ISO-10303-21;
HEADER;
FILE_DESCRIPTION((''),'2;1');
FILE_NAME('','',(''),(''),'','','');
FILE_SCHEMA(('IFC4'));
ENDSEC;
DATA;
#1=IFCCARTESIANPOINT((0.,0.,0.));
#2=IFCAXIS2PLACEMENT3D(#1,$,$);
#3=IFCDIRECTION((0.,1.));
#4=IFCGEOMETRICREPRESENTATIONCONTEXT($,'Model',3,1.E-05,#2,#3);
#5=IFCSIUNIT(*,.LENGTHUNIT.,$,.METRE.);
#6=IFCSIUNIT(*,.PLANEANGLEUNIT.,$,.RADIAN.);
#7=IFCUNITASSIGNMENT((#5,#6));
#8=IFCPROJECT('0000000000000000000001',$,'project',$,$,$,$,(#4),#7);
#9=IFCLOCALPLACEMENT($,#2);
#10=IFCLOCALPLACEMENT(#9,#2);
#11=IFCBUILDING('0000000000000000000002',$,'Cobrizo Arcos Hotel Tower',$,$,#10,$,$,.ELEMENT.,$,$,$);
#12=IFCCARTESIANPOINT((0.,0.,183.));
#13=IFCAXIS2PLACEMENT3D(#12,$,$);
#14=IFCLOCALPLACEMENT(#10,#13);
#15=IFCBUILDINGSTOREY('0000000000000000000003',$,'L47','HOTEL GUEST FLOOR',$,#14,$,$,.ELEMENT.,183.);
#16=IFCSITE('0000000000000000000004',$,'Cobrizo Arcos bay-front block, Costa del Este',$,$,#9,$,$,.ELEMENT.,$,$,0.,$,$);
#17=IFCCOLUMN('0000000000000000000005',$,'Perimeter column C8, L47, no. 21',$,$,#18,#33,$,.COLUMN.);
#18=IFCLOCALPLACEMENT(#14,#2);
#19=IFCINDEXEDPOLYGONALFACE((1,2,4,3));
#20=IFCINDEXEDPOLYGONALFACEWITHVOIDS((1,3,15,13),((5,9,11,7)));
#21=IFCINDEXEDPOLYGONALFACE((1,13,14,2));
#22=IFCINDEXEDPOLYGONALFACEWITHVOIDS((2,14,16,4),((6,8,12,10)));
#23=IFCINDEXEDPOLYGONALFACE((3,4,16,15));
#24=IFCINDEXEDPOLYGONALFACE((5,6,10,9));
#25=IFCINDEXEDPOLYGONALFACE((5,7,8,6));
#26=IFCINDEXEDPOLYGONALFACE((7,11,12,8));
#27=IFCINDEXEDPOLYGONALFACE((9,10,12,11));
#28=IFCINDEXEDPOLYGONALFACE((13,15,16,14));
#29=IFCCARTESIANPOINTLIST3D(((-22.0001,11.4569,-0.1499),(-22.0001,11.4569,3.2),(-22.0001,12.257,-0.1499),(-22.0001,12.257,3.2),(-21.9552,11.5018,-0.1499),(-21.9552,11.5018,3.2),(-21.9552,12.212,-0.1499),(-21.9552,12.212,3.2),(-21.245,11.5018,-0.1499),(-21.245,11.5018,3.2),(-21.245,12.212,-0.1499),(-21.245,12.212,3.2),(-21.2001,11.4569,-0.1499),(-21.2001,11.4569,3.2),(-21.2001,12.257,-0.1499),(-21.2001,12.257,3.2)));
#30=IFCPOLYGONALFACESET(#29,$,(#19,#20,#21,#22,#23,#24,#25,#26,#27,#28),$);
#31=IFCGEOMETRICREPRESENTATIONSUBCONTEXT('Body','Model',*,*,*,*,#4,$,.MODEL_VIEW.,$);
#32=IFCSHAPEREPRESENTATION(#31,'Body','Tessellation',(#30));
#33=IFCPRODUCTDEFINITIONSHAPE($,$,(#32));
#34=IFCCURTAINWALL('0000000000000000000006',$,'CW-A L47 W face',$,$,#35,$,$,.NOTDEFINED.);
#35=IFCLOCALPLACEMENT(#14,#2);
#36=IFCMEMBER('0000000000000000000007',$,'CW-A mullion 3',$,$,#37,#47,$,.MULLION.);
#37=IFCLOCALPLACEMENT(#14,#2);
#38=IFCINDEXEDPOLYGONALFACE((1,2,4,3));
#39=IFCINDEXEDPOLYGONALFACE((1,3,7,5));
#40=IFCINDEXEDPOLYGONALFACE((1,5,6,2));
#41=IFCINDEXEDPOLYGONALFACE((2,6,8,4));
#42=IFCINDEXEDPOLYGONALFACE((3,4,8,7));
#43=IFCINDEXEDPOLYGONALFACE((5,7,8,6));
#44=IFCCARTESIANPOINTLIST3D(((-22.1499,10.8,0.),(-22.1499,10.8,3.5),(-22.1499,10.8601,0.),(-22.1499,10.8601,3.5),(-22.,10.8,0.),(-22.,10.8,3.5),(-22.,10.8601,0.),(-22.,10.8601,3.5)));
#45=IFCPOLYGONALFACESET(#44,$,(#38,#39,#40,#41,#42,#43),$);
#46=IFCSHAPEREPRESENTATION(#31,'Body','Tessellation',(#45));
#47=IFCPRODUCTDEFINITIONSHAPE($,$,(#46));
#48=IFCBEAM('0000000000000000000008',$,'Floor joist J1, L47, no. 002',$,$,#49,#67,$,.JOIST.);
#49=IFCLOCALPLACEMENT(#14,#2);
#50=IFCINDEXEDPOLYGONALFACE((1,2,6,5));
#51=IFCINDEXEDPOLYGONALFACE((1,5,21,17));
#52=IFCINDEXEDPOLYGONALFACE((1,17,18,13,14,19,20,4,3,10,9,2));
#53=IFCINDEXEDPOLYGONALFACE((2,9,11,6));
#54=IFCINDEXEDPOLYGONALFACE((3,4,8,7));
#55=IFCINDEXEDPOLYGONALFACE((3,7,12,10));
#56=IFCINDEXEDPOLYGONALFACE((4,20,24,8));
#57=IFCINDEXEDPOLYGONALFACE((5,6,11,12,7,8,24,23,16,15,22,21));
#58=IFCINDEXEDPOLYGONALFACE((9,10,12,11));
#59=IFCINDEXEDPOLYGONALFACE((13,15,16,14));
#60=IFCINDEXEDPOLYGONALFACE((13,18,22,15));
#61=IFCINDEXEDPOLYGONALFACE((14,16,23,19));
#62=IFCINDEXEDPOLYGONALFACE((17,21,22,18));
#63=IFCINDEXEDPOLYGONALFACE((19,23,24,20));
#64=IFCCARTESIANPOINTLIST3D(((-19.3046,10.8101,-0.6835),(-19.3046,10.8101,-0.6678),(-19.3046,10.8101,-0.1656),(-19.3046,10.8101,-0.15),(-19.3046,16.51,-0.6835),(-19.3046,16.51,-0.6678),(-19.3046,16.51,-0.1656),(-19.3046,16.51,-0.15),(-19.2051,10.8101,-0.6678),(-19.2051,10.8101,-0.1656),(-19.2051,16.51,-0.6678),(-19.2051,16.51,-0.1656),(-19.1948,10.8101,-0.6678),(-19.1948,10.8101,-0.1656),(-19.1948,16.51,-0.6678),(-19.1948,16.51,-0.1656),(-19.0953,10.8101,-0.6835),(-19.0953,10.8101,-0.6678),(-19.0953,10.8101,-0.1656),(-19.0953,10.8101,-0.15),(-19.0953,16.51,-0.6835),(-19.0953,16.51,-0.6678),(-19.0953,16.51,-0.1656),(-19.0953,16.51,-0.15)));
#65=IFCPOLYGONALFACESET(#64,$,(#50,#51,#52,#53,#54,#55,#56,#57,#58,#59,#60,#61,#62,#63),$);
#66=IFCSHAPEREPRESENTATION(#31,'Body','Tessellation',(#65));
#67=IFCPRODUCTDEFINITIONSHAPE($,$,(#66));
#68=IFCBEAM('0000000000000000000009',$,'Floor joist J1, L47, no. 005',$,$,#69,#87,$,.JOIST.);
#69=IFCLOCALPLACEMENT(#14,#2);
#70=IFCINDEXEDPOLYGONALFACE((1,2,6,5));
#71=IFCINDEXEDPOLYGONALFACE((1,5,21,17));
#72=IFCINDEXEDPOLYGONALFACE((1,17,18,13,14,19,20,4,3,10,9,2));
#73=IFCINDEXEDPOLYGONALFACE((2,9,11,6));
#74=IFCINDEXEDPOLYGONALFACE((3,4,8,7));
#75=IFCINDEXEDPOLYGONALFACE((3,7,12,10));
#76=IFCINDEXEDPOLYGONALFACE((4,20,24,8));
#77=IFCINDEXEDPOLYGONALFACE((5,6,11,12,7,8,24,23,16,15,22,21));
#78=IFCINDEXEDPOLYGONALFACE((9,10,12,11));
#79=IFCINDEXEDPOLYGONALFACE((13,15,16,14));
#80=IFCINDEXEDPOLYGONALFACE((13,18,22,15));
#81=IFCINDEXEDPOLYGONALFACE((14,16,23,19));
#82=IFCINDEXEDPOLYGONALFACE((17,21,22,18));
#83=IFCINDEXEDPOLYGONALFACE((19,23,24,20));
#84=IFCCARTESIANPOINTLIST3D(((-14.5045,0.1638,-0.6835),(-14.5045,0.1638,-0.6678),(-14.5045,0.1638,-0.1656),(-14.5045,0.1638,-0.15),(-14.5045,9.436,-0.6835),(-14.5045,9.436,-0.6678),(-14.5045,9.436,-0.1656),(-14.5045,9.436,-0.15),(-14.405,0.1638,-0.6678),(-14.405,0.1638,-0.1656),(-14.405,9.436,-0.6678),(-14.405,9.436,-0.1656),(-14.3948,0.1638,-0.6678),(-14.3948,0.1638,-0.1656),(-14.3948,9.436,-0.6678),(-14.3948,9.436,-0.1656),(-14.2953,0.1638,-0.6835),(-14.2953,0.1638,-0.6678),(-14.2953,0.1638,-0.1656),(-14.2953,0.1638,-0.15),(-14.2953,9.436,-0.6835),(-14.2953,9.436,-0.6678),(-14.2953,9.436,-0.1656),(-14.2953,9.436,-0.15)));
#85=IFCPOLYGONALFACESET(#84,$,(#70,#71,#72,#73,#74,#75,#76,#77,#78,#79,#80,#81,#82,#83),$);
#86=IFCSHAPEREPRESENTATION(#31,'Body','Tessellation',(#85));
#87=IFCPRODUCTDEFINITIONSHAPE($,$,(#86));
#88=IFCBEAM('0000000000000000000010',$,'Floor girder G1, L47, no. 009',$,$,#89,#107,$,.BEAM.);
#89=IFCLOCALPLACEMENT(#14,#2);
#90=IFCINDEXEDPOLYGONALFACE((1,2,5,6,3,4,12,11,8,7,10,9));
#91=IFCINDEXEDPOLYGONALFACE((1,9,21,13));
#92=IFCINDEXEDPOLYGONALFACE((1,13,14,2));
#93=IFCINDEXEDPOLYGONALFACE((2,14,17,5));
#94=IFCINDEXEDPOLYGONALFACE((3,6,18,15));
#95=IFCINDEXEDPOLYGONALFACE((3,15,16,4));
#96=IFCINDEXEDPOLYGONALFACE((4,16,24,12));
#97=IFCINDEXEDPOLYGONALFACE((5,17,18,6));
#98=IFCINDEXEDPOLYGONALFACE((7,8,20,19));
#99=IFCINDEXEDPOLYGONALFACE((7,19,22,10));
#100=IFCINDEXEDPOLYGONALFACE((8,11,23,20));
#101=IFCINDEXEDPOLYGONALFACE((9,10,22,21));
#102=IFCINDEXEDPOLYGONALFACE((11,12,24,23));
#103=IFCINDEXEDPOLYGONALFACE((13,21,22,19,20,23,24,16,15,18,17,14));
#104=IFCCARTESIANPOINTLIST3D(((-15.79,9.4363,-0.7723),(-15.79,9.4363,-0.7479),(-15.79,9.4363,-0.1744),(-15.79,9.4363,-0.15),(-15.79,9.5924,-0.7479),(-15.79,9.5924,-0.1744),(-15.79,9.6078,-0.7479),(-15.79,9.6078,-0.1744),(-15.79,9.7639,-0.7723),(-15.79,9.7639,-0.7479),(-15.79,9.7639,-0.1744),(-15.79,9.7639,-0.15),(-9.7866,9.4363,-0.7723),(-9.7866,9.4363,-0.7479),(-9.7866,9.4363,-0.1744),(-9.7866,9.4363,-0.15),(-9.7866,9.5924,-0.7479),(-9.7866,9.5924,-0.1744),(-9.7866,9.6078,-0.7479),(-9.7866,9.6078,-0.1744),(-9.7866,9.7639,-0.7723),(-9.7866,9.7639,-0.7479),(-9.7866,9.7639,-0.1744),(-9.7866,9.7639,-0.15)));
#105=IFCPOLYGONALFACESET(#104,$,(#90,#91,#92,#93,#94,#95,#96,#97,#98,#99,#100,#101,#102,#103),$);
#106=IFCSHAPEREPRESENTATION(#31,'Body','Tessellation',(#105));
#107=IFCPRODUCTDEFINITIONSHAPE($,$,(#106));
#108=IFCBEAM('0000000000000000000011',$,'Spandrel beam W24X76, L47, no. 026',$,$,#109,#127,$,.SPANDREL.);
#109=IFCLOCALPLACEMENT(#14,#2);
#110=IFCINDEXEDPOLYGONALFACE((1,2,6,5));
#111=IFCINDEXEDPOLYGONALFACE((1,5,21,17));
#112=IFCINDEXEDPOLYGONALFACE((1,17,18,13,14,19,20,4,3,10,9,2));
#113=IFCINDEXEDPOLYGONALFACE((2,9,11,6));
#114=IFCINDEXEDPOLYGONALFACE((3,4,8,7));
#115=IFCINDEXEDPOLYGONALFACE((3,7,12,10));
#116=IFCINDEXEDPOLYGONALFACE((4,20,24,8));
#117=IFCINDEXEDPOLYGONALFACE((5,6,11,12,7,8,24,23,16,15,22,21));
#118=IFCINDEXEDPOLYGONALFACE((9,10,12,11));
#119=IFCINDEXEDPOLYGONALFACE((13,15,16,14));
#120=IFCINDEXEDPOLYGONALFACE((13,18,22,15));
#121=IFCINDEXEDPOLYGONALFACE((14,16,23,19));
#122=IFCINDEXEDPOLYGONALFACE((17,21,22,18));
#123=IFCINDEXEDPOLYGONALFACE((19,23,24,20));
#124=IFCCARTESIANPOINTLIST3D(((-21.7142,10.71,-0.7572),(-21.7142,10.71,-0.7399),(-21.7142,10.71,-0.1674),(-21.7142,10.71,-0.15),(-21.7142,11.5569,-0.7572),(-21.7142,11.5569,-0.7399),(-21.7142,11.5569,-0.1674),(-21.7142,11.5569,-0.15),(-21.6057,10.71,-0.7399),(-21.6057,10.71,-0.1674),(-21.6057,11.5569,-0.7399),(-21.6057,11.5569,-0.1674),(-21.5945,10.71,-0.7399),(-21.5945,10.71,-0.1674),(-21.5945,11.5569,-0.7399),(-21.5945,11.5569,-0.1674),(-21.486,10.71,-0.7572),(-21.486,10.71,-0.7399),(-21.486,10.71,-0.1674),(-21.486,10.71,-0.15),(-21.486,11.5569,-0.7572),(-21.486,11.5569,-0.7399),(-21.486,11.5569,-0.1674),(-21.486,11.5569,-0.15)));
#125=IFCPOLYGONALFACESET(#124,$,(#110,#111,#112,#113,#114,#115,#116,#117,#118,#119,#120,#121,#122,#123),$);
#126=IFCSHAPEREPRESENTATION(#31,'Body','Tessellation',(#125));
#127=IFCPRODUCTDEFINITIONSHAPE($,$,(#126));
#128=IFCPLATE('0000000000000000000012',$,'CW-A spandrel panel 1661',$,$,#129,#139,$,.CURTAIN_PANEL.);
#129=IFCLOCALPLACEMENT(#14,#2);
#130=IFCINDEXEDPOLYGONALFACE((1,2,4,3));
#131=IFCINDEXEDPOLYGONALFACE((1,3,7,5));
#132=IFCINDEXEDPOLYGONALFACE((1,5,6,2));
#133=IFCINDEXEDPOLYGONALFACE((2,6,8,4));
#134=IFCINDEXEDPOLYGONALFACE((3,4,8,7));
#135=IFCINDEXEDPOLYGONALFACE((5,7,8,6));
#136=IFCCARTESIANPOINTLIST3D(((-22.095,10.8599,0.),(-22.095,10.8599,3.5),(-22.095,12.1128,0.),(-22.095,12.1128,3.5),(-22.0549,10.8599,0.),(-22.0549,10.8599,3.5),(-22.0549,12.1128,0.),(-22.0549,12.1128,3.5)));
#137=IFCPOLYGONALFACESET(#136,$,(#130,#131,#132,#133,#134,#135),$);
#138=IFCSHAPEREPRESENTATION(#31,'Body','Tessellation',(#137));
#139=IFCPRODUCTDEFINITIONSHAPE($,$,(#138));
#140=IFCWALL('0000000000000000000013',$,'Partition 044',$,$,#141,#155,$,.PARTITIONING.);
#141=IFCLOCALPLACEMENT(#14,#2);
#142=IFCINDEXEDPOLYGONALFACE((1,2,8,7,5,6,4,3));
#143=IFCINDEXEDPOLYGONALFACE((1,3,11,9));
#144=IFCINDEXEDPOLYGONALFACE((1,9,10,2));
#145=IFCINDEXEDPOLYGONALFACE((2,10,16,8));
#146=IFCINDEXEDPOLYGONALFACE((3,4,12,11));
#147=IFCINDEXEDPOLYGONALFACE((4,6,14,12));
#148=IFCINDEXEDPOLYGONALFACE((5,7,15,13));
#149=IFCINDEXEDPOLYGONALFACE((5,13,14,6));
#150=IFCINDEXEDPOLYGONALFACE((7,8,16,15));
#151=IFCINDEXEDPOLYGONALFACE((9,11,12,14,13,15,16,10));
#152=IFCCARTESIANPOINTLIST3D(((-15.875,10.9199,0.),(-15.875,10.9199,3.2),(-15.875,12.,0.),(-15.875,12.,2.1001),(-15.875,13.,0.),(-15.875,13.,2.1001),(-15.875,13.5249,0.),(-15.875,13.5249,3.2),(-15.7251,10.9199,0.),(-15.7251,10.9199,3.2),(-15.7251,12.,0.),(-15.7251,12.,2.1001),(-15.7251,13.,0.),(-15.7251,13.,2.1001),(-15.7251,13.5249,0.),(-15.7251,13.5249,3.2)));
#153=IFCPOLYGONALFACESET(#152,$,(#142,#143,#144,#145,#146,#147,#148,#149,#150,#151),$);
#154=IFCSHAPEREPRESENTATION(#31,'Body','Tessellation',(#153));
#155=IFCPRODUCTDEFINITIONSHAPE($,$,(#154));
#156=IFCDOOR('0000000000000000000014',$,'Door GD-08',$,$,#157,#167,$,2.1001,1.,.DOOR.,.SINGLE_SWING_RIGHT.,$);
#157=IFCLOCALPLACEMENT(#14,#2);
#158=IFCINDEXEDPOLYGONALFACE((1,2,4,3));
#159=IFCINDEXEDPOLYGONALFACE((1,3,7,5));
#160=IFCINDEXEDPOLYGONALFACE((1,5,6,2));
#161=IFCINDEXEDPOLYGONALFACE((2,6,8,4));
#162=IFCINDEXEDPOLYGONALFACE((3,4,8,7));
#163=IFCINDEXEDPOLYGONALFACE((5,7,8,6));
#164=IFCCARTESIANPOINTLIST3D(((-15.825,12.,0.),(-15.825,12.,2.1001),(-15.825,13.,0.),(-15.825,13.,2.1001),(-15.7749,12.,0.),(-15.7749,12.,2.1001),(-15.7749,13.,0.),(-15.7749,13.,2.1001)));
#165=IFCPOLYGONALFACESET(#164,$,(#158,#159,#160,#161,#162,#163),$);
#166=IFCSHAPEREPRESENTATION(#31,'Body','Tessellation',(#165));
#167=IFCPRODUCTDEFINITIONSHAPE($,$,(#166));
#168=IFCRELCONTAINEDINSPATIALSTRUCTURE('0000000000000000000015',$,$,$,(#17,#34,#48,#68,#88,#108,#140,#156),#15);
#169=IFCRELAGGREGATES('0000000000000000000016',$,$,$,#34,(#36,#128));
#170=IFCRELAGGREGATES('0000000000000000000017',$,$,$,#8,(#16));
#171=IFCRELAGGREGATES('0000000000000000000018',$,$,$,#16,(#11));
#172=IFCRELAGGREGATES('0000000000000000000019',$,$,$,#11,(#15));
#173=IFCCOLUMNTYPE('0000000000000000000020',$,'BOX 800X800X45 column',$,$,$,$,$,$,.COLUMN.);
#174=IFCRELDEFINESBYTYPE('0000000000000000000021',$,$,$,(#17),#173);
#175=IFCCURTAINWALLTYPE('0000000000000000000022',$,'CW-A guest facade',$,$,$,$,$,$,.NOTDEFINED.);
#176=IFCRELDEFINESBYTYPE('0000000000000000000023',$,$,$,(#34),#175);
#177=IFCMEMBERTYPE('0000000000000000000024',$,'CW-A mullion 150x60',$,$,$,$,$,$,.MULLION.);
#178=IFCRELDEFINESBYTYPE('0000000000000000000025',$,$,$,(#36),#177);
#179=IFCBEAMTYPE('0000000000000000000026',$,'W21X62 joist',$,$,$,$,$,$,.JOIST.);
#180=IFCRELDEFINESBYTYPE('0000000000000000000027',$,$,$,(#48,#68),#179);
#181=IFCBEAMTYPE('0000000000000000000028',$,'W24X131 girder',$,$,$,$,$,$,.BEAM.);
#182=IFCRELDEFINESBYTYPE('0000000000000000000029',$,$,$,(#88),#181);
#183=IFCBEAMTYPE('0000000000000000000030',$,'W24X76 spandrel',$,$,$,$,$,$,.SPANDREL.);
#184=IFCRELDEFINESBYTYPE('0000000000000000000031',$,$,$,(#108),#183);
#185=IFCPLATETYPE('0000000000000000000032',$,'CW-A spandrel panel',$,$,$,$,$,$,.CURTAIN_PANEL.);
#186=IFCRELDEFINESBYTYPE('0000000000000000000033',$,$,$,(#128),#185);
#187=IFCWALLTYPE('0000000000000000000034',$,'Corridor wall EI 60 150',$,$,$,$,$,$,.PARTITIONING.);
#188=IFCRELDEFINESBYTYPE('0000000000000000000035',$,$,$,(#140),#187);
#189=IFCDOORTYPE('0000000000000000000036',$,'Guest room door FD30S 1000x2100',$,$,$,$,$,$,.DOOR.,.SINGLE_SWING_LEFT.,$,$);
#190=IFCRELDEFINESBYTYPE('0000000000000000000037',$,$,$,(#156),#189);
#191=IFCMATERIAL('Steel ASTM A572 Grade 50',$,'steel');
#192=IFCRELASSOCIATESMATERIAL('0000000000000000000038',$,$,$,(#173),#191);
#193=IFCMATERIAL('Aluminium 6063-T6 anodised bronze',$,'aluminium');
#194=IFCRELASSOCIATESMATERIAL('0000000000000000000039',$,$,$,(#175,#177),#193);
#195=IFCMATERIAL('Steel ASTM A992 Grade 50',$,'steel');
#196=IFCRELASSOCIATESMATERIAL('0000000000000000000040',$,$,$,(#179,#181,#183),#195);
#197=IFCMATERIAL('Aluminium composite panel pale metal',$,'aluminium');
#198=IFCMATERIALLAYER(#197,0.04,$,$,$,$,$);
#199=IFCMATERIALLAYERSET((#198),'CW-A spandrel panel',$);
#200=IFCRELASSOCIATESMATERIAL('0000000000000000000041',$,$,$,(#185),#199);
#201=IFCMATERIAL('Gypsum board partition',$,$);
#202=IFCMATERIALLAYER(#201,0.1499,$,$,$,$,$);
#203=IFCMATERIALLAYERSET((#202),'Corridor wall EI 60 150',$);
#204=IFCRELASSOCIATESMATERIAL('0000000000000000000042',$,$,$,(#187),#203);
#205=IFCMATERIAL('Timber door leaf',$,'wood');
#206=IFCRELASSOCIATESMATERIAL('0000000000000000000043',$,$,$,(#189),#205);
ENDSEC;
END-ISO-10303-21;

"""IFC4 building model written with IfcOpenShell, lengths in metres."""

from ifc_helpers import new_model, si_unit, direction, frame, frame_2d, origin, origin_2d, place, context, subcontext, project, spatial, rectangle, hollow_rectangle, i_section, extrude, material, layer, layer_set, material_profile, profile_set, type_object, element, fill, aggregate, save


model = new_model("IFC4")

# Units and contexts
model_context = context("Model", 3, precision=1e-05, world=origin(), true_north=direction((0.0, 1.0)))
body_context = subcontext(model_context, "Body", "Model", "MODEL_VIEW")
ifc_project = project(units=[si_unit("LENGTHUNIT", "METRE"), si_unit("PLANEANGLEUNIT", "RADIAN")], contexts=[model_context])

# Site, building, storey
site_placement = place(None, origin())
site = spatial("IfcSite", under=ifc_project, at=site_placement, Name="Cobrizo Arcos bay-front block, Costa del Este", CompositionType="ELEMENT", RefElevation=0.0)
building_placement = place(site_placement, origin())
building = spatial("IfcBuilding", under=site, at=building_placement, Name="Cobrizo Arcos Hotel Tower", CompositionType="ELEMENT")
storey_placement = place(building_placement, frame((0.0, 0.0, 183.0)))
storey = spatial("IfcBuildingStorey", under=building, at=storey_placement, Name="L47", Description="HOTEL GUEST FLOOR", CompositionType="ELEMENT", Elevation=183.0)

# Column
ifc_material_1 = material(Name="Steel ASTM A572 Grade 50", Category="steel")
ifc_material_profile_1 = material_profile(ifc_material_1, hollow_rectangle(XDim=0.8, YDim=0.8, WallThickness=0.0449, at=origin_2d()), Name="BOX 800X800X45")
ifc_profile_set_1 = profile_set([ifc_material_profile_1], Name="Steel ASTM A572 Grade 50")
column_type = type_object("IfcColumnType", Name="BOX 800X800X45 column", PredefinedType="COLUMN", material=ifc_profile_set_1)
column_placement = place(storey_placement, frame((-21.6001, 11.8569, -0.1499), z_axis=(0.0, 0.0, 1.0), x_axis=(1.0, 0.0, 0.0)))
element("IfcColumn", 1, at=column_placement, inside=storey, type_object=column_type, Name="Perimeter column C8, L47, no. 21", PredefinedType="COLUMN", context=body_context, shape_type="SweptSolid", body=[
    extrude(hollow_rectangle(XDim=0.8, YDim=0.8, WallThickness=0.0449, at=origin_2d()), origin(), (0.0, 0.0, 1.0), 3.3499),
])

# Curtain wall, member
ifc_material_2 = material(Name="Aluminium 6063-T6 anodised bronze", Category="aluminium")
curtain_wall_type = type_object("IfcCurtainWallType", Name="CW-A guest facade", PredefinedType="NOTDEFINED", material=ifc_material_2)
curtain_wall_placement = place(storey_placement, origin())
curtain_wall = element("IfcCurtainWall", 2, at=curtain_wall_placement, inside=storey, type_object=curtain_wall_type, Name="CW-A L47 W face", PredefinedType="NOTDEFINED")
ifc_material_profile_2 = material_profile(ifc_material_2, rectangle(XDim=0.1499, YDim=0.0601, at=origin_2d()), Name="CW-A mullion 150x60")
ifc_profile_set_2 = profile_set([ifc_material_profile_2], Name="Aluminium 6063-T6 anodised bronze")
member_type = type_object("IfcMemberType", Name="CW-A mullion 150x60", PredefinedType="MULLION", material=ifc_profile_set_2)
member_placement = place(storey_placement, frame((-22.075, 10.8301, 0.0), z_axis=(0.0, 0.0, 1.0), x_axis=(-1.0, 0.0, 0.0)))
member = element("IfcMember", 3, at=member_placement, type_object=member_type, Name="CW-A mullion 3", PredefinedType="MULLION", context=body_context, shape_type="SweptSolid", body=[
    extrude(rectangle(XDim=0.1499, YDim=0.0601, at=origin_2d()), origin(), (0.0, 0.0, 1.0), 3.5),
])

# Beams
ifc_material_3 = material(Name="Steel ASTM A992 Grade 50", Category="steel")
ifc_material_profile_3 = material_profile(ifc_material_3, i_section(OverallWidth=0.2092, OverallDepth=0.5334, WebThickness=0.0103, FlangeThickness=0.0156, at=origin_2d()), Name="W21X62")
ifc_profile_set_3 = profile_set([ifc_material_profile_3], Name="Steel ASTM A992 Grade 50")
beam_type_1 = type_object("IfcBeamType", Name="W21X62 joist", PredefinedType="JOIST", material=ifc_profile_set_3)
beam_1_placement = place(storey_placement, frame((-19.2, 10.8101, -0.4167), z_axis=(0.0, 1.0, 0.0), x_axis=(-1.0, 0.0, 0.0)))
element("IfcBeam", 4, at=beam_1_placement, inside=storey, type_object=beam_type_1, Name="Floor joist J1, L47, no. 002", PredefinedType="JOIST", context=body_context, shape_type="SweptSolid", body=[
    extrude(i_section(OverallWidth=0.2092, OverallDepth=0.5334, WebThickness=0.0103, FlangeThickness=0.0156, at=origin_2d()), origin(), (0.0, 0.0, 1.0), 5.7),
])
beam_2_placement = place(storey_placement, frame((-14.3999, 0.1638, -0.4167), z_axis=(0.0, 1.0, 0.0), x_axis=(-1.0, 0.0, 0.0)))
element("IfcBeam", 5, at=beam_2_placement, inside=storey, type_object=beam_type_1, Name="Floor joist J1, L47, no. 005", PredefinedType="JOIST", context=body_context, shape_type="SweptSolid", body=[
    extrude(i_section(OverallWidth=0.2092, OverallDepth=0.5334, WebThickness=0.0103, FlangeThickness=0.0156, at=origin_2d()), origin(), (0.0, 0.0, 1.0), 9.2722),
])
ifc_material_profile_4 = material_profile(ifc_material_3, i_section(OverallWidth=0.3276, OverallDepth=0.6223, WebThickness=0.0154, FlangeThickness=0.0244, at=origin_2d()), Name="W24X131")
ifc_profile_set_4 = profile_set([ifc_material_profile_4], Name="Steel ASTM A992 Grade 50")
beam_type_2 = type_object("IfcBeamType", Name="W24X131 girder", PredefinedType="BEAM", material=ifc_profile_set_4)
beam_3_placement = place(storey_placement, frame((-15.79, 9.6001, -0.4612), z_axis=(1.0, 0.0, 0.0), x_axis=(0.0, 1.0, 0.0)))
element("IfcBeam", 6, at=beam_3_placement, inside=storey, type_object=beam_type_2, Name="Floor girder G1, L47, no. 009", PredefinedType="BEAM", context=body_context, shape_type="SweptSolid", body=[
    extrude(i_section(OverallWidth=0.3276, OverallDepth=0.6223, WebThickness=0.0154, FlangeThickness=0.0244, at=origin_2d()), origin(), (0.0, 0.0, 1.0), 6.0034),
])
ifc_material_profile_5 = material_profile(ifc_material_3, i_section(OverallWidth=0.2283, OverallDepth=0.6072, WebThickness=0.0112, FlangeThickness=0.0173, at=origin_2d()), Name="W24X76")
ifc_profile_set_5 = profile_set([ifc_material_profile_5], Name="Steel ASTM A992 Grade 50")
beam_type_3 = type_object("IfcBeamType", Name="W24X76 spandrel", PredefinedType="SPANDREL", material=ifc_profile_set_5)
beam_4_placement = place(storey_placement, frame((-21.6001, 11.5569, -0.4536), z_axis=(0.0, -1.0, 0.0), x_axis=(1.0, 0.0, 0.0)))
element("IfcBeam", 7, at=beam_4_placement, inside=storey, type_object=beam_type_3, Name="Spandrel beam W24X76, L47, no. 026", PredefinedType="SPANDREL", context=body_context, shape_type="SweptSolid", body=[
    extrude(i_section(OverallWidth=0.2283, OverallDepth=0.6072, WebThickness=0.0112, FlangeThickness=0.0173, at=origin_2d()), origin(), (0.0, 0.0, 1.0), 0.8469),
])

# Plate
ifc_material_4 = material(Name="Aluminium composite panel pale metal", Category="aluminium")
ifc_layer_1 = layer(ifc_material_4, 0.04)
ifc_layer_set_1 = layer_set([ifc_layer_1], Name="CW-A spandrel panel")
plate_type = type_object("IfcPlateType", Name="CW-A spandrel panel", PredefinedType="CURTAIN_PANEL", material=ifc_layer_set_1)
plate_placement = place(storey_placement, frame((-22.075, 11.4863, 0.0), z_axis=(0.0, 0.0, 1.0), x_axis=(0.0, -1.0, 0.0)))
plate = element("IfcPlate", 8, at=plate_placement, type_object=plate_type, Name="CW-A spandrel panel 1661", PredefinedType="CURTAIN_PANEL", context=body_context, shape_type="SweptSolid", body=[
    extrude(rectangle(XDim=1.2529, YDim=0.04, at=origin_2d()), origin(), (0.0, 0.0, 1.0), 3.5),
])
aggregate(curtain_wall, [member, plate])

# Wall, opening, door
ifc_material_5 = material(Name="Gypsum board partition")
ifc_layer_2 = layer(ifc_material_5, 0.1499)
ifc_layer_set_2 = layer_set([ifc_layer_2], Name="Corridor wall EI 60 150")
wall_type_1 = type_object("IfcWallType", Name="Corridor wall EI 60 150", PredefinedType="PARTITIONING", material=ifc_layer_set_2)
wall_1_placement = place(storey_placement, frame((-15.8, 10.9199, 0.0), z_axis=(0.0, 0.0, 1.0), x_axis=(0.0, 1.0, 0.0)))
wall_1 = element("IfcWall", 9, at=wall_1_placement, inside=storey, type_object=wall_type_1, Name="Partition 044", PredefinedType="PARTITIONING", context=body_context, shape_type="SweptSolid", body=[
    extrude(rectangle(XDim=2.605, YDim=0.1499, at=frame_2d((1.3025, 0.0))), origin(), (0.0, 0.0, 1.0), 3.2),
])
opening_1_placement = place(wall_1_placement, frame((1.0801, 0.0, 0.0)))
opening_1 = element("IfcOpeningElement", 10, at=opening_1_placement, cuts=wall_1, PredefinedType="OPENING", context=body_context, shape_type="SweptSolid", body=[
    extrude(rectangle(XDim=1.0, YDim=2.1001, at=frame_2d((0.5, 1.05))), frame((0.0, 0.0869, 0.0), z_axis=(0.0, -1.0, 0.0), x_axis=(1.0, 0.0, 0.0)), (0.0, 0.0, 1.0), 0.1738),
])
ifc_material_6 = material(Name="Timber door leaf", Category="wood")
door_type_1 = type_object("IfcDoorType", Name="Guest room door FD30S 1000x2100", OperationType="SINGLE_SWING_LEFT", PredefinedType="DOOR", material=ifc_material_6)
door_1_placement = place(opening_1_placement, origin())
door_1 = element("IfcDoor", 11, at=door_1_placement, inside=storey, type_object=door_type_1, Name="Door GD-08", OperationType="SINGLE_SWING_RIGHT", OverallHeight=2.1001, OverallWidth=1.0, PredefinedType="DOOR", context=body_context, shape_type="SweptSolid", body=[
    extrude(rectangle(XDim=1.0, YDim=2.1001, at=frame_2d((0.5, 1.05))), frame((0.0, 0.0249, 0.0), z_axis=(0.0, -1.0, 0.0), x_axis=(1.0, 0.0, 0.0)), (0.0, 0.0, 1.0), 0.05),
])
fill(opening_1, door_1)

save(model, "model.ifc")
